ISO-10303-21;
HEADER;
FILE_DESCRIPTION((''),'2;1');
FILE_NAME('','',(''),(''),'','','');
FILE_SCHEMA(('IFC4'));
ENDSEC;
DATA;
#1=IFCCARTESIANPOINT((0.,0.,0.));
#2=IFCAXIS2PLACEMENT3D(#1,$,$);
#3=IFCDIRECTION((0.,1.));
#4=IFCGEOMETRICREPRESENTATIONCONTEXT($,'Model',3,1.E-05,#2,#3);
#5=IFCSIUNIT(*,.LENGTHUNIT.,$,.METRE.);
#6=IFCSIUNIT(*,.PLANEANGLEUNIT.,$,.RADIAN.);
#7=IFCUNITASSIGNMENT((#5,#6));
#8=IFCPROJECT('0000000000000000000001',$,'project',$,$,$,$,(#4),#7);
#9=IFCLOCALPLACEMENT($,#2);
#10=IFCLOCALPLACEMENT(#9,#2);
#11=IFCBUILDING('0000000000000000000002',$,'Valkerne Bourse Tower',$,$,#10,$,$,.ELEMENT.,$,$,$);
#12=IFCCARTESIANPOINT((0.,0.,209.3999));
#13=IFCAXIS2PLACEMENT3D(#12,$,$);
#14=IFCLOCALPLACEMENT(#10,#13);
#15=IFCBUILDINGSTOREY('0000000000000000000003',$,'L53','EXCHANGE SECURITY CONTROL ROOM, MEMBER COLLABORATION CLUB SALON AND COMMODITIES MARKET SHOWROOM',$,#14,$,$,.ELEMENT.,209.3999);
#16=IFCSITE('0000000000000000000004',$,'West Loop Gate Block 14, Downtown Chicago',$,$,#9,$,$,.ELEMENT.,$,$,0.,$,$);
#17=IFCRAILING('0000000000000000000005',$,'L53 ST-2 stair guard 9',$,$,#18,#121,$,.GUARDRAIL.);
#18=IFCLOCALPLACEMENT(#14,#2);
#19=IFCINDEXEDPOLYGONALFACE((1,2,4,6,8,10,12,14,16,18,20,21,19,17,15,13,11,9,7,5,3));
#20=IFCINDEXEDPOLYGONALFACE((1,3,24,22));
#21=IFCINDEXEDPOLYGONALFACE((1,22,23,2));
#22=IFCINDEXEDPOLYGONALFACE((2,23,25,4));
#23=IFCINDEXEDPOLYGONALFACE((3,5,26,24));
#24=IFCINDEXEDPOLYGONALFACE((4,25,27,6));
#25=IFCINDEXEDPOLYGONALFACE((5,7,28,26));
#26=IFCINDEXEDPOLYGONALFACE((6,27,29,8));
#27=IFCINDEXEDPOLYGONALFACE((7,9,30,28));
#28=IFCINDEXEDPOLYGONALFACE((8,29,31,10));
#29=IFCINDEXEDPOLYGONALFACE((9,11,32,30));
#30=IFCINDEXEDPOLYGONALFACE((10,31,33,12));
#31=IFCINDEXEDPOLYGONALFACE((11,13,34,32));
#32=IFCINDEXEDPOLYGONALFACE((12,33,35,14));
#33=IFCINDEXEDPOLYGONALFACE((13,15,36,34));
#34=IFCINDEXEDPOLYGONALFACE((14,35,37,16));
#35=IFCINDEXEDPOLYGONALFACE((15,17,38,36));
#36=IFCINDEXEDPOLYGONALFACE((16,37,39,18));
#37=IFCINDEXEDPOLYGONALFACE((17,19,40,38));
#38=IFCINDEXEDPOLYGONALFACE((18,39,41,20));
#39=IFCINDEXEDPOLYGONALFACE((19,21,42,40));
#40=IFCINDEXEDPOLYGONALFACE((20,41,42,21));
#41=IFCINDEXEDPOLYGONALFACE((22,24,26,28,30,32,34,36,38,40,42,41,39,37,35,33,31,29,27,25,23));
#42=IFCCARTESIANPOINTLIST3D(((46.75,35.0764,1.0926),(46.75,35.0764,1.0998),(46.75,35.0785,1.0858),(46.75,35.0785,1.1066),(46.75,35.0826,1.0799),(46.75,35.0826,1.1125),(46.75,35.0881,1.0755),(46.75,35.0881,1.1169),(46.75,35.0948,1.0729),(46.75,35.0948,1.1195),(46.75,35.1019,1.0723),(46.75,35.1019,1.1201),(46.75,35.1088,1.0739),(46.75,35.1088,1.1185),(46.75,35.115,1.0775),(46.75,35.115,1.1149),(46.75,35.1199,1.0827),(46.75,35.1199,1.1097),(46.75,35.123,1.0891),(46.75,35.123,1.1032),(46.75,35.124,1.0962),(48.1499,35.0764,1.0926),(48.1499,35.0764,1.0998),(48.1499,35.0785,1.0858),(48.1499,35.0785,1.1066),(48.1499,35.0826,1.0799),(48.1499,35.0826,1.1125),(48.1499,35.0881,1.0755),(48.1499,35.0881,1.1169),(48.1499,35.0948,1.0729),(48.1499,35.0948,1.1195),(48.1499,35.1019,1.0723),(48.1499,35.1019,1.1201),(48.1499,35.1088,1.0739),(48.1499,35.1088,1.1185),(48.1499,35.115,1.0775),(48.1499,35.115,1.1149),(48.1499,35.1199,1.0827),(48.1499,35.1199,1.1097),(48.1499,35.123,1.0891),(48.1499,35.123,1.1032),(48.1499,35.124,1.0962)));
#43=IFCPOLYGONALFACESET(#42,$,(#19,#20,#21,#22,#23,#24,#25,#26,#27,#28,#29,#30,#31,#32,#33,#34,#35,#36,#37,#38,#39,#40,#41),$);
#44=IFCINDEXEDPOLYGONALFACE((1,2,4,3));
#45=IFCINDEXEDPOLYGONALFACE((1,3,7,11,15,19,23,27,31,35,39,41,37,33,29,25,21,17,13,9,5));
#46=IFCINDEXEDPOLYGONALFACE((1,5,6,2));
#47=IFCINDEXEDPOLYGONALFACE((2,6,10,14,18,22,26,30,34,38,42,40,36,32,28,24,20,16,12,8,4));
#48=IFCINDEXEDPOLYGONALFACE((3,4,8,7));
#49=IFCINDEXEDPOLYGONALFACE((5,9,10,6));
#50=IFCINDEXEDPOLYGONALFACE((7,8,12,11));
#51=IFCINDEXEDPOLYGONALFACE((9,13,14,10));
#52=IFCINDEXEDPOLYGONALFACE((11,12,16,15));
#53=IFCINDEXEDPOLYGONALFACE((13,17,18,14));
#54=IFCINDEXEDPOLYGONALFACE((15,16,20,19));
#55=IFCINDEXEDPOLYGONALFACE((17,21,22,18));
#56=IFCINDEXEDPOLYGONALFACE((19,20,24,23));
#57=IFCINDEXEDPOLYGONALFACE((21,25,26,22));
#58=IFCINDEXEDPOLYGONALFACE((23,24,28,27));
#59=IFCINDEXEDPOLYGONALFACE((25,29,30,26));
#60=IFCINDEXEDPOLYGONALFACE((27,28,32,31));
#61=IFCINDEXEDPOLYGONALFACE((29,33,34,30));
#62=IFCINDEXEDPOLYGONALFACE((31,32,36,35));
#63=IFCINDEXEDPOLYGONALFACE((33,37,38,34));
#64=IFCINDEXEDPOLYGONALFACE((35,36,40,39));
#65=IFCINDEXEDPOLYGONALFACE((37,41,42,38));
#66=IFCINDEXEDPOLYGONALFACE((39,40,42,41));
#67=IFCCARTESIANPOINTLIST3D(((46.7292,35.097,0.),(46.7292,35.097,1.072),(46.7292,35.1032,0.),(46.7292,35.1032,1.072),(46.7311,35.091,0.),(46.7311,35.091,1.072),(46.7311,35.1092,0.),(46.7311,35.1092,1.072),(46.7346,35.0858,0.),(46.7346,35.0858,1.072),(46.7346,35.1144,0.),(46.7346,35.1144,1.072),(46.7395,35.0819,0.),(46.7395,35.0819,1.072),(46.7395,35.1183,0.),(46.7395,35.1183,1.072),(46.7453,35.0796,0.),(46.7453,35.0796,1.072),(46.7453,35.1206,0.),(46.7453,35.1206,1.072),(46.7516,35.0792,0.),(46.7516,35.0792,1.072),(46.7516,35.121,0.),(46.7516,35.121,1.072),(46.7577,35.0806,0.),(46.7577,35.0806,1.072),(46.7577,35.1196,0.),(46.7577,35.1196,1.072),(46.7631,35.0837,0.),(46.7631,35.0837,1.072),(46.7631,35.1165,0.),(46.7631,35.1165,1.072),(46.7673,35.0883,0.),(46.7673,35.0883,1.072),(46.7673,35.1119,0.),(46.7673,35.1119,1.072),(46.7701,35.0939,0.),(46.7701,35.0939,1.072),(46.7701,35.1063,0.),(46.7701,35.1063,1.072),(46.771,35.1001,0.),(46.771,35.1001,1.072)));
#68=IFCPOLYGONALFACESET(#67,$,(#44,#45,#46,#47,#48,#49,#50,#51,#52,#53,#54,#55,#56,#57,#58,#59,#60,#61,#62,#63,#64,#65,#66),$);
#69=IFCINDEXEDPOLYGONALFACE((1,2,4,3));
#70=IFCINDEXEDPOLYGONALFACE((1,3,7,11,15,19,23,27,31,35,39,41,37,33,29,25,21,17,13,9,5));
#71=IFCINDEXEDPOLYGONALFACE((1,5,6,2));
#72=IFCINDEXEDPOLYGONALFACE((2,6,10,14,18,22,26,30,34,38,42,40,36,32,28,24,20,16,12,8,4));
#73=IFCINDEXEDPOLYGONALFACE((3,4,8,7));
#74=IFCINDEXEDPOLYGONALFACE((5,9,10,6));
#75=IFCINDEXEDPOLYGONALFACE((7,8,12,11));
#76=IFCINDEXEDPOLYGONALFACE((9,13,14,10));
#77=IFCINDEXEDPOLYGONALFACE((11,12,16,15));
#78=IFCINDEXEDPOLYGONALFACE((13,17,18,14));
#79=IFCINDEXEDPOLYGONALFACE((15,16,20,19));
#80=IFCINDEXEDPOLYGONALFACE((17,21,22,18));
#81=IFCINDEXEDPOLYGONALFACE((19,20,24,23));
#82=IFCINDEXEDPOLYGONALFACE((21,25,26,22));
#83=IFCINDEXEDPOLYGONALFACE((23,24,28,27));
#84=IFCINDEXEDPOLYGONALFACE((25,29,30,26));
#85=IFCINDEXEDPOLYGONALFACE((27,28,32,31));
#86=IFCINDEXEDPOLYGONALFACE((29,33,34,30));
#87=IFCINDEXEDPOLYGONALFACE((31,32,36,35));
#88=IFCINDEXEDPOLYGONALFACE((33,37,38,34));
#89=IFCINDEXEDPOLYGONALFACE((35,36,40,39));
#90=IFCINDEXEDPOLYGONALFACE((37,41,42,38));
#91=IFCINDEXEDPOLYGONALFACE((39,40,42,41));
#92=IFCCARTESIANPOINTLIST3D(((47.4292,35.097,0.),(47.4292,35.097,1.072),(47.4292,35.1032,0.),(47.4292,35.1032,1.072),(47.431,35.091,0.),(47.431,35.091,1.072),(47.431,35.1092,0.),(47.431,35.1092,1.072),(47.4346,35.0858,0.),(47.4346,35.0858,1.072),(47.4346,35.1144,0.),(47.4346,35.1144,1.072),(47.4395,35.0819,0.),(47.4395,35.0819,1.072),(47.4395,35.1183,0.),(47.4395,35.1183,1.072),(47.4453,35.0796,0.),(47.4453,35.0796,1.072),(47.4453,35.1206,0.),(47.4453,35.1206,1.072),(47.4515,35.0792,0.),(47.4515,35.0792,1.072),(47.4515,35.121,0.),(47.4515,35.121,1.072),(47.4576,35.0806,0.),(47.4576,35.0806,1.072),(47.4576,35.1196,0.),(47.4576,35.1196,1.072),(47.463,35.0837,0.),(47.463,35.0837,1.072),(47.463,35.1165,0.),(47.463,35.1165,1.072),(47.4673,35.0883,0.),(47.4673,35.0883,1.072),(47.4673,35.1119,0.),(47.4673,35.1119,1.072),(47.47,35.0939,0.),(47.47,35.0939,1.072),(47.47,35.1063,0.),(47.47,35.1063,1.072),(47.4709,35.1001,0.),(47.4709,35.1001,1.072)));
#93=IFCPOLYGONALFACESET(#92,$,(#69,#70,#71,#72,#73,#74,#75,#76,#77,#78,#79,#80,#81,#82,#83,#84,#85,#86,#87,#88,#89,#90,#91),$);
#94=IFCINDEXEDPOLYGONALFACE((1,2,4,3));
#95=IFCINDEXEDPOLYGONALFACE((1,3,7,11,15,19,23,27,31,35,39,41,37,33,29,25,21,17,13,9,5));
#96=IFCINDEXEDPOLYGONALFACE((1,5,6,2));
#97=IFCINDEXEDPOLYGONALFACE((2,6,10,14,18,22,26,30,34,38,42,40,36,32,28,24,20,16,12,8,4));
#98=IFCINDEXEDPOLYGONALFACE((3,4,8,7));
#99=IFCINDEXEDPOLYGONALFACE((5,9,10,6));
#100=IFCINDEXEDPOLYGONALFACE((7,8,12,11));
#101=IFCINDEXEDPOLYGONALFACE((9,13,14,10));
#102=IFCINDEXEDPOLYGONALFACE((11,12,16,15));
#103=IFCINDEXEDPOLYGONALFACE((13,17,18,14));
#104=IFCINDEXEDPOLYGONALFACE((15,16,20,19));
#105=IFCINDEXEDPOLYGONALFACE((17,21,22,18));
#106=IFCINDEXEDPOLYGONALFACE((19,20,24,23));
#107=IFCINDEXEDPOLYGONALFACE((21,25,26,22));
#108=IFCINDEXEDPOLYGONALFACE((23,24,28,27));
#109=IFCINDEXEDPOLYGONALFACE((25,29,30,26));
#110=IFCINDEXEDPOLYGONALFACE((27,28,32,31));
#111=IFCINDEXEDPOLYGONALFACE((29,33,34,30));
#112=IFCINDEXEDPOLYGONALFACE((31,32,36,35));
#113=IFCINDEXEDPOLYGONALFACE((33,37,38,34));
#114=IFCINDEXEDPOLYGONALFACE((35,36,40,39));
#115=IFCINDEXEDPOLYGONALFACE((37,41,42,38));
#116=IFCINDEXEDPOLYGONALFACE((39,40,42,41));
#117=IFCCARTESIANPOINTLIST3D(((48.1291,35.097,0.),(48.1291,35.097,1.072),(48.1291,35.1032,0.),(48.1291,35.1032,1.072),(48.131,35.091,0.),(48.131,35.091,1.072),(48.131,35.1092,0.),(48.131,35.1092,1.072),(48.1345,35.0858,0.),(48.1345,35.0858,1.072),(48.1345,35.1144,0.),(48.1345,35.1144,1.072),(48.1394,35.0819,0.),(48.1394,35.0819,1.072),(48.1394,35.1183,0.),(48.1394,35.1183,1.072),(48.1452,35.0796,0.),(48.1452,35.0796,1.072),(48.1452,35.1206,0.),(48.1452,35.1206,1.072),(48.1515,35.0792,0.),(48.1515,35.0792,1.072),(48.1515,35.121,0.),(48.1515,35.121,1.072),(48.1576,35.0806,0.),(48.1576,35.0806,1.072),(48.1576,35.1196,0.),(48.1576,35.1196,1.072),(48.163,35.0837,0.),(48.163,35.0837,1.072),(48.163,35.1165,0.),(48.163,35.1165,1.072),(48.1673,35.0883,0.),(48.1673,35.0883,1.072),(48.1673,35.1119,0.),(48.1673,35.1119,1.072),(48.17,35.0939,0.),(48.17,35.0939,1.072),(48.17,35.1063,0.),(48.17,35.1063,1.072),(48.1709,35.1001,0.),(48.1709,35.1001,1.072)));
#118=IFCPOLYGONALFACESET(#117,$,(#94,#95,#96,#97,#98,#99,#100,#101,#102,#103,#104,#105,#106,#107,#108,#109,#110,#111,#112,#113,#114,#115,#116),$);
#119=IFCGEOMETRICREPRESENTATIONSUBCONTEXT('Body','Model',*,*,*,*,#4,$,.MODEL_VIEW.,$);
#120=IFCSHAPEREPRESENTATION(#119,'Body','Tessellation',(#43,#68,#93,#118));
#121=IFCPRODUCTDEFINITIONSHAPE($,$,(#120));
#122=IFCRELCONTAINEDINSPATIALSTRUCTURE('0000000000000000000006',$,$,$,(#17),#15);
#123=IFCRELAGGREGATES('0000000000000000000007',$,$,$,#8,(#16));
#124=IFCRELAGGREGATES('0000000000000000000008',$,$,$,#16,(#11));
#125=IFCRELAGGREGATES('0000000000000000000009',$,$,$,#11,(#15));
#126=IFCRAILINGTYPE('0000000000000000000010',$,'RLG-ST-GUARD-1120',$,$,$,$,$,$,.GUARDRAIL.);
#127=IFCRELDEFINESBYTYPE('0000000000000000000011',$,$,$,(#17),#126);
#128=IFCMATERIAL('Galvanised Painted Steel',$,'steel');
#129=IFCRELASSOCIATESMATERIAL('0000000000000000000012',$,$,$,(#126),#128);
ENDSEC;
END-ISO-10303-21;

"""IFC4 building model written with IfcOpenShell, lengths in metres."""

from ifc_helpers import new_model, si_unit, direction, frame, origin, origin_2d, place, context, subcontext, project, spatial, circle, extrude, material, type_object, element, save


model = new_model("IFC4")

# Units and contexts
model_context = context("Model", 3, precision=1e-05, world=origin(), true_north=direction((0.0, 1.0)))
body_context = subcontext(model_context, "Body", "Model", "MODEL_VIEW")
ifc_project = project(units=[si_unit("LENGTHUNIT", "METRE"), si_unit("PLANEANGLEUNIT", "RADIAN")], contexts=[model_context])

# Site, building, storey
site_placement = place(None, origin())
site = spatial("IfcSite", under=ifc_project, at=site_placement, Name="West Loop Gate Block 14, Downtown Chicago", CompositionType="ELEMENT", RefElevation=0.0)
building_placement = place(site_placement, origin())
building = spatial("IfcBuilding", under=site, at=building_placement, Name="Valkerne Bourse Tower", CompositionType="ELEMENT")
storey_placement = place(building_placement, frame((0.0, 0.0, 209.3999)))
storey = spatial("IfcBuildingStorey", under=building, at=storey_placement, Name="L53", Description="EXCHANGE SECURITY CONTROL ROOM, MEMBER COLLABORATION CLUB SALON AND COMMODITIES MARKET SHOWROOM", CompositionType="ELEMENT", Elevation=209.3999)

# Shared definitions
ifc_material_1 = material(Name="Galvanised Painted Steel", Category="steel")

# Railing
railing_type_1 = type_object("IfcRailingType", Name="RLG-ST-GUARD-1120", PredefinedType="GUARDRAIL", material=ifc_material_1)
for number, where, name in (
    (1, (46.75, 35.1001, 0.0), "L53 ST-2 stair guard 9"),
):
    element("IfcRailing", number, at=place(storey_placement, frame(where)), inside=storey, type_object=railing_type_1, Name=name, PredefinedType="GUARDRAIL", context=body_context, shape_type="SweptSolid", body=[
        extrude(circle(Radius=0.0239, at=origin_2d()), frame((0.0, 0.0, 1.0962), z_axis=(1.0, 0.0, 0.0), x_axis=(0.0, 1.0, 0.0)), (0.0, 0.0, 1.0), 1.3999),
        extrude(circle(Radius=0.021, at=origin_2d()), origin(), (0.0, 0.0, 1.0), 1.072),
        extrude(circle(Radius=0.021, at=origin_2d()), frame((0.7, 0.0, 0.0)), (0.0, 0.0, 1.0), 1.072),
        extrude(circle(Radius=0.021, at=origin_2d()), frame((1.3999, 0.0, 0.0)), (0.0, 0.0, 1.0), 1.072),
    ])

save(model, "model.ifc")
